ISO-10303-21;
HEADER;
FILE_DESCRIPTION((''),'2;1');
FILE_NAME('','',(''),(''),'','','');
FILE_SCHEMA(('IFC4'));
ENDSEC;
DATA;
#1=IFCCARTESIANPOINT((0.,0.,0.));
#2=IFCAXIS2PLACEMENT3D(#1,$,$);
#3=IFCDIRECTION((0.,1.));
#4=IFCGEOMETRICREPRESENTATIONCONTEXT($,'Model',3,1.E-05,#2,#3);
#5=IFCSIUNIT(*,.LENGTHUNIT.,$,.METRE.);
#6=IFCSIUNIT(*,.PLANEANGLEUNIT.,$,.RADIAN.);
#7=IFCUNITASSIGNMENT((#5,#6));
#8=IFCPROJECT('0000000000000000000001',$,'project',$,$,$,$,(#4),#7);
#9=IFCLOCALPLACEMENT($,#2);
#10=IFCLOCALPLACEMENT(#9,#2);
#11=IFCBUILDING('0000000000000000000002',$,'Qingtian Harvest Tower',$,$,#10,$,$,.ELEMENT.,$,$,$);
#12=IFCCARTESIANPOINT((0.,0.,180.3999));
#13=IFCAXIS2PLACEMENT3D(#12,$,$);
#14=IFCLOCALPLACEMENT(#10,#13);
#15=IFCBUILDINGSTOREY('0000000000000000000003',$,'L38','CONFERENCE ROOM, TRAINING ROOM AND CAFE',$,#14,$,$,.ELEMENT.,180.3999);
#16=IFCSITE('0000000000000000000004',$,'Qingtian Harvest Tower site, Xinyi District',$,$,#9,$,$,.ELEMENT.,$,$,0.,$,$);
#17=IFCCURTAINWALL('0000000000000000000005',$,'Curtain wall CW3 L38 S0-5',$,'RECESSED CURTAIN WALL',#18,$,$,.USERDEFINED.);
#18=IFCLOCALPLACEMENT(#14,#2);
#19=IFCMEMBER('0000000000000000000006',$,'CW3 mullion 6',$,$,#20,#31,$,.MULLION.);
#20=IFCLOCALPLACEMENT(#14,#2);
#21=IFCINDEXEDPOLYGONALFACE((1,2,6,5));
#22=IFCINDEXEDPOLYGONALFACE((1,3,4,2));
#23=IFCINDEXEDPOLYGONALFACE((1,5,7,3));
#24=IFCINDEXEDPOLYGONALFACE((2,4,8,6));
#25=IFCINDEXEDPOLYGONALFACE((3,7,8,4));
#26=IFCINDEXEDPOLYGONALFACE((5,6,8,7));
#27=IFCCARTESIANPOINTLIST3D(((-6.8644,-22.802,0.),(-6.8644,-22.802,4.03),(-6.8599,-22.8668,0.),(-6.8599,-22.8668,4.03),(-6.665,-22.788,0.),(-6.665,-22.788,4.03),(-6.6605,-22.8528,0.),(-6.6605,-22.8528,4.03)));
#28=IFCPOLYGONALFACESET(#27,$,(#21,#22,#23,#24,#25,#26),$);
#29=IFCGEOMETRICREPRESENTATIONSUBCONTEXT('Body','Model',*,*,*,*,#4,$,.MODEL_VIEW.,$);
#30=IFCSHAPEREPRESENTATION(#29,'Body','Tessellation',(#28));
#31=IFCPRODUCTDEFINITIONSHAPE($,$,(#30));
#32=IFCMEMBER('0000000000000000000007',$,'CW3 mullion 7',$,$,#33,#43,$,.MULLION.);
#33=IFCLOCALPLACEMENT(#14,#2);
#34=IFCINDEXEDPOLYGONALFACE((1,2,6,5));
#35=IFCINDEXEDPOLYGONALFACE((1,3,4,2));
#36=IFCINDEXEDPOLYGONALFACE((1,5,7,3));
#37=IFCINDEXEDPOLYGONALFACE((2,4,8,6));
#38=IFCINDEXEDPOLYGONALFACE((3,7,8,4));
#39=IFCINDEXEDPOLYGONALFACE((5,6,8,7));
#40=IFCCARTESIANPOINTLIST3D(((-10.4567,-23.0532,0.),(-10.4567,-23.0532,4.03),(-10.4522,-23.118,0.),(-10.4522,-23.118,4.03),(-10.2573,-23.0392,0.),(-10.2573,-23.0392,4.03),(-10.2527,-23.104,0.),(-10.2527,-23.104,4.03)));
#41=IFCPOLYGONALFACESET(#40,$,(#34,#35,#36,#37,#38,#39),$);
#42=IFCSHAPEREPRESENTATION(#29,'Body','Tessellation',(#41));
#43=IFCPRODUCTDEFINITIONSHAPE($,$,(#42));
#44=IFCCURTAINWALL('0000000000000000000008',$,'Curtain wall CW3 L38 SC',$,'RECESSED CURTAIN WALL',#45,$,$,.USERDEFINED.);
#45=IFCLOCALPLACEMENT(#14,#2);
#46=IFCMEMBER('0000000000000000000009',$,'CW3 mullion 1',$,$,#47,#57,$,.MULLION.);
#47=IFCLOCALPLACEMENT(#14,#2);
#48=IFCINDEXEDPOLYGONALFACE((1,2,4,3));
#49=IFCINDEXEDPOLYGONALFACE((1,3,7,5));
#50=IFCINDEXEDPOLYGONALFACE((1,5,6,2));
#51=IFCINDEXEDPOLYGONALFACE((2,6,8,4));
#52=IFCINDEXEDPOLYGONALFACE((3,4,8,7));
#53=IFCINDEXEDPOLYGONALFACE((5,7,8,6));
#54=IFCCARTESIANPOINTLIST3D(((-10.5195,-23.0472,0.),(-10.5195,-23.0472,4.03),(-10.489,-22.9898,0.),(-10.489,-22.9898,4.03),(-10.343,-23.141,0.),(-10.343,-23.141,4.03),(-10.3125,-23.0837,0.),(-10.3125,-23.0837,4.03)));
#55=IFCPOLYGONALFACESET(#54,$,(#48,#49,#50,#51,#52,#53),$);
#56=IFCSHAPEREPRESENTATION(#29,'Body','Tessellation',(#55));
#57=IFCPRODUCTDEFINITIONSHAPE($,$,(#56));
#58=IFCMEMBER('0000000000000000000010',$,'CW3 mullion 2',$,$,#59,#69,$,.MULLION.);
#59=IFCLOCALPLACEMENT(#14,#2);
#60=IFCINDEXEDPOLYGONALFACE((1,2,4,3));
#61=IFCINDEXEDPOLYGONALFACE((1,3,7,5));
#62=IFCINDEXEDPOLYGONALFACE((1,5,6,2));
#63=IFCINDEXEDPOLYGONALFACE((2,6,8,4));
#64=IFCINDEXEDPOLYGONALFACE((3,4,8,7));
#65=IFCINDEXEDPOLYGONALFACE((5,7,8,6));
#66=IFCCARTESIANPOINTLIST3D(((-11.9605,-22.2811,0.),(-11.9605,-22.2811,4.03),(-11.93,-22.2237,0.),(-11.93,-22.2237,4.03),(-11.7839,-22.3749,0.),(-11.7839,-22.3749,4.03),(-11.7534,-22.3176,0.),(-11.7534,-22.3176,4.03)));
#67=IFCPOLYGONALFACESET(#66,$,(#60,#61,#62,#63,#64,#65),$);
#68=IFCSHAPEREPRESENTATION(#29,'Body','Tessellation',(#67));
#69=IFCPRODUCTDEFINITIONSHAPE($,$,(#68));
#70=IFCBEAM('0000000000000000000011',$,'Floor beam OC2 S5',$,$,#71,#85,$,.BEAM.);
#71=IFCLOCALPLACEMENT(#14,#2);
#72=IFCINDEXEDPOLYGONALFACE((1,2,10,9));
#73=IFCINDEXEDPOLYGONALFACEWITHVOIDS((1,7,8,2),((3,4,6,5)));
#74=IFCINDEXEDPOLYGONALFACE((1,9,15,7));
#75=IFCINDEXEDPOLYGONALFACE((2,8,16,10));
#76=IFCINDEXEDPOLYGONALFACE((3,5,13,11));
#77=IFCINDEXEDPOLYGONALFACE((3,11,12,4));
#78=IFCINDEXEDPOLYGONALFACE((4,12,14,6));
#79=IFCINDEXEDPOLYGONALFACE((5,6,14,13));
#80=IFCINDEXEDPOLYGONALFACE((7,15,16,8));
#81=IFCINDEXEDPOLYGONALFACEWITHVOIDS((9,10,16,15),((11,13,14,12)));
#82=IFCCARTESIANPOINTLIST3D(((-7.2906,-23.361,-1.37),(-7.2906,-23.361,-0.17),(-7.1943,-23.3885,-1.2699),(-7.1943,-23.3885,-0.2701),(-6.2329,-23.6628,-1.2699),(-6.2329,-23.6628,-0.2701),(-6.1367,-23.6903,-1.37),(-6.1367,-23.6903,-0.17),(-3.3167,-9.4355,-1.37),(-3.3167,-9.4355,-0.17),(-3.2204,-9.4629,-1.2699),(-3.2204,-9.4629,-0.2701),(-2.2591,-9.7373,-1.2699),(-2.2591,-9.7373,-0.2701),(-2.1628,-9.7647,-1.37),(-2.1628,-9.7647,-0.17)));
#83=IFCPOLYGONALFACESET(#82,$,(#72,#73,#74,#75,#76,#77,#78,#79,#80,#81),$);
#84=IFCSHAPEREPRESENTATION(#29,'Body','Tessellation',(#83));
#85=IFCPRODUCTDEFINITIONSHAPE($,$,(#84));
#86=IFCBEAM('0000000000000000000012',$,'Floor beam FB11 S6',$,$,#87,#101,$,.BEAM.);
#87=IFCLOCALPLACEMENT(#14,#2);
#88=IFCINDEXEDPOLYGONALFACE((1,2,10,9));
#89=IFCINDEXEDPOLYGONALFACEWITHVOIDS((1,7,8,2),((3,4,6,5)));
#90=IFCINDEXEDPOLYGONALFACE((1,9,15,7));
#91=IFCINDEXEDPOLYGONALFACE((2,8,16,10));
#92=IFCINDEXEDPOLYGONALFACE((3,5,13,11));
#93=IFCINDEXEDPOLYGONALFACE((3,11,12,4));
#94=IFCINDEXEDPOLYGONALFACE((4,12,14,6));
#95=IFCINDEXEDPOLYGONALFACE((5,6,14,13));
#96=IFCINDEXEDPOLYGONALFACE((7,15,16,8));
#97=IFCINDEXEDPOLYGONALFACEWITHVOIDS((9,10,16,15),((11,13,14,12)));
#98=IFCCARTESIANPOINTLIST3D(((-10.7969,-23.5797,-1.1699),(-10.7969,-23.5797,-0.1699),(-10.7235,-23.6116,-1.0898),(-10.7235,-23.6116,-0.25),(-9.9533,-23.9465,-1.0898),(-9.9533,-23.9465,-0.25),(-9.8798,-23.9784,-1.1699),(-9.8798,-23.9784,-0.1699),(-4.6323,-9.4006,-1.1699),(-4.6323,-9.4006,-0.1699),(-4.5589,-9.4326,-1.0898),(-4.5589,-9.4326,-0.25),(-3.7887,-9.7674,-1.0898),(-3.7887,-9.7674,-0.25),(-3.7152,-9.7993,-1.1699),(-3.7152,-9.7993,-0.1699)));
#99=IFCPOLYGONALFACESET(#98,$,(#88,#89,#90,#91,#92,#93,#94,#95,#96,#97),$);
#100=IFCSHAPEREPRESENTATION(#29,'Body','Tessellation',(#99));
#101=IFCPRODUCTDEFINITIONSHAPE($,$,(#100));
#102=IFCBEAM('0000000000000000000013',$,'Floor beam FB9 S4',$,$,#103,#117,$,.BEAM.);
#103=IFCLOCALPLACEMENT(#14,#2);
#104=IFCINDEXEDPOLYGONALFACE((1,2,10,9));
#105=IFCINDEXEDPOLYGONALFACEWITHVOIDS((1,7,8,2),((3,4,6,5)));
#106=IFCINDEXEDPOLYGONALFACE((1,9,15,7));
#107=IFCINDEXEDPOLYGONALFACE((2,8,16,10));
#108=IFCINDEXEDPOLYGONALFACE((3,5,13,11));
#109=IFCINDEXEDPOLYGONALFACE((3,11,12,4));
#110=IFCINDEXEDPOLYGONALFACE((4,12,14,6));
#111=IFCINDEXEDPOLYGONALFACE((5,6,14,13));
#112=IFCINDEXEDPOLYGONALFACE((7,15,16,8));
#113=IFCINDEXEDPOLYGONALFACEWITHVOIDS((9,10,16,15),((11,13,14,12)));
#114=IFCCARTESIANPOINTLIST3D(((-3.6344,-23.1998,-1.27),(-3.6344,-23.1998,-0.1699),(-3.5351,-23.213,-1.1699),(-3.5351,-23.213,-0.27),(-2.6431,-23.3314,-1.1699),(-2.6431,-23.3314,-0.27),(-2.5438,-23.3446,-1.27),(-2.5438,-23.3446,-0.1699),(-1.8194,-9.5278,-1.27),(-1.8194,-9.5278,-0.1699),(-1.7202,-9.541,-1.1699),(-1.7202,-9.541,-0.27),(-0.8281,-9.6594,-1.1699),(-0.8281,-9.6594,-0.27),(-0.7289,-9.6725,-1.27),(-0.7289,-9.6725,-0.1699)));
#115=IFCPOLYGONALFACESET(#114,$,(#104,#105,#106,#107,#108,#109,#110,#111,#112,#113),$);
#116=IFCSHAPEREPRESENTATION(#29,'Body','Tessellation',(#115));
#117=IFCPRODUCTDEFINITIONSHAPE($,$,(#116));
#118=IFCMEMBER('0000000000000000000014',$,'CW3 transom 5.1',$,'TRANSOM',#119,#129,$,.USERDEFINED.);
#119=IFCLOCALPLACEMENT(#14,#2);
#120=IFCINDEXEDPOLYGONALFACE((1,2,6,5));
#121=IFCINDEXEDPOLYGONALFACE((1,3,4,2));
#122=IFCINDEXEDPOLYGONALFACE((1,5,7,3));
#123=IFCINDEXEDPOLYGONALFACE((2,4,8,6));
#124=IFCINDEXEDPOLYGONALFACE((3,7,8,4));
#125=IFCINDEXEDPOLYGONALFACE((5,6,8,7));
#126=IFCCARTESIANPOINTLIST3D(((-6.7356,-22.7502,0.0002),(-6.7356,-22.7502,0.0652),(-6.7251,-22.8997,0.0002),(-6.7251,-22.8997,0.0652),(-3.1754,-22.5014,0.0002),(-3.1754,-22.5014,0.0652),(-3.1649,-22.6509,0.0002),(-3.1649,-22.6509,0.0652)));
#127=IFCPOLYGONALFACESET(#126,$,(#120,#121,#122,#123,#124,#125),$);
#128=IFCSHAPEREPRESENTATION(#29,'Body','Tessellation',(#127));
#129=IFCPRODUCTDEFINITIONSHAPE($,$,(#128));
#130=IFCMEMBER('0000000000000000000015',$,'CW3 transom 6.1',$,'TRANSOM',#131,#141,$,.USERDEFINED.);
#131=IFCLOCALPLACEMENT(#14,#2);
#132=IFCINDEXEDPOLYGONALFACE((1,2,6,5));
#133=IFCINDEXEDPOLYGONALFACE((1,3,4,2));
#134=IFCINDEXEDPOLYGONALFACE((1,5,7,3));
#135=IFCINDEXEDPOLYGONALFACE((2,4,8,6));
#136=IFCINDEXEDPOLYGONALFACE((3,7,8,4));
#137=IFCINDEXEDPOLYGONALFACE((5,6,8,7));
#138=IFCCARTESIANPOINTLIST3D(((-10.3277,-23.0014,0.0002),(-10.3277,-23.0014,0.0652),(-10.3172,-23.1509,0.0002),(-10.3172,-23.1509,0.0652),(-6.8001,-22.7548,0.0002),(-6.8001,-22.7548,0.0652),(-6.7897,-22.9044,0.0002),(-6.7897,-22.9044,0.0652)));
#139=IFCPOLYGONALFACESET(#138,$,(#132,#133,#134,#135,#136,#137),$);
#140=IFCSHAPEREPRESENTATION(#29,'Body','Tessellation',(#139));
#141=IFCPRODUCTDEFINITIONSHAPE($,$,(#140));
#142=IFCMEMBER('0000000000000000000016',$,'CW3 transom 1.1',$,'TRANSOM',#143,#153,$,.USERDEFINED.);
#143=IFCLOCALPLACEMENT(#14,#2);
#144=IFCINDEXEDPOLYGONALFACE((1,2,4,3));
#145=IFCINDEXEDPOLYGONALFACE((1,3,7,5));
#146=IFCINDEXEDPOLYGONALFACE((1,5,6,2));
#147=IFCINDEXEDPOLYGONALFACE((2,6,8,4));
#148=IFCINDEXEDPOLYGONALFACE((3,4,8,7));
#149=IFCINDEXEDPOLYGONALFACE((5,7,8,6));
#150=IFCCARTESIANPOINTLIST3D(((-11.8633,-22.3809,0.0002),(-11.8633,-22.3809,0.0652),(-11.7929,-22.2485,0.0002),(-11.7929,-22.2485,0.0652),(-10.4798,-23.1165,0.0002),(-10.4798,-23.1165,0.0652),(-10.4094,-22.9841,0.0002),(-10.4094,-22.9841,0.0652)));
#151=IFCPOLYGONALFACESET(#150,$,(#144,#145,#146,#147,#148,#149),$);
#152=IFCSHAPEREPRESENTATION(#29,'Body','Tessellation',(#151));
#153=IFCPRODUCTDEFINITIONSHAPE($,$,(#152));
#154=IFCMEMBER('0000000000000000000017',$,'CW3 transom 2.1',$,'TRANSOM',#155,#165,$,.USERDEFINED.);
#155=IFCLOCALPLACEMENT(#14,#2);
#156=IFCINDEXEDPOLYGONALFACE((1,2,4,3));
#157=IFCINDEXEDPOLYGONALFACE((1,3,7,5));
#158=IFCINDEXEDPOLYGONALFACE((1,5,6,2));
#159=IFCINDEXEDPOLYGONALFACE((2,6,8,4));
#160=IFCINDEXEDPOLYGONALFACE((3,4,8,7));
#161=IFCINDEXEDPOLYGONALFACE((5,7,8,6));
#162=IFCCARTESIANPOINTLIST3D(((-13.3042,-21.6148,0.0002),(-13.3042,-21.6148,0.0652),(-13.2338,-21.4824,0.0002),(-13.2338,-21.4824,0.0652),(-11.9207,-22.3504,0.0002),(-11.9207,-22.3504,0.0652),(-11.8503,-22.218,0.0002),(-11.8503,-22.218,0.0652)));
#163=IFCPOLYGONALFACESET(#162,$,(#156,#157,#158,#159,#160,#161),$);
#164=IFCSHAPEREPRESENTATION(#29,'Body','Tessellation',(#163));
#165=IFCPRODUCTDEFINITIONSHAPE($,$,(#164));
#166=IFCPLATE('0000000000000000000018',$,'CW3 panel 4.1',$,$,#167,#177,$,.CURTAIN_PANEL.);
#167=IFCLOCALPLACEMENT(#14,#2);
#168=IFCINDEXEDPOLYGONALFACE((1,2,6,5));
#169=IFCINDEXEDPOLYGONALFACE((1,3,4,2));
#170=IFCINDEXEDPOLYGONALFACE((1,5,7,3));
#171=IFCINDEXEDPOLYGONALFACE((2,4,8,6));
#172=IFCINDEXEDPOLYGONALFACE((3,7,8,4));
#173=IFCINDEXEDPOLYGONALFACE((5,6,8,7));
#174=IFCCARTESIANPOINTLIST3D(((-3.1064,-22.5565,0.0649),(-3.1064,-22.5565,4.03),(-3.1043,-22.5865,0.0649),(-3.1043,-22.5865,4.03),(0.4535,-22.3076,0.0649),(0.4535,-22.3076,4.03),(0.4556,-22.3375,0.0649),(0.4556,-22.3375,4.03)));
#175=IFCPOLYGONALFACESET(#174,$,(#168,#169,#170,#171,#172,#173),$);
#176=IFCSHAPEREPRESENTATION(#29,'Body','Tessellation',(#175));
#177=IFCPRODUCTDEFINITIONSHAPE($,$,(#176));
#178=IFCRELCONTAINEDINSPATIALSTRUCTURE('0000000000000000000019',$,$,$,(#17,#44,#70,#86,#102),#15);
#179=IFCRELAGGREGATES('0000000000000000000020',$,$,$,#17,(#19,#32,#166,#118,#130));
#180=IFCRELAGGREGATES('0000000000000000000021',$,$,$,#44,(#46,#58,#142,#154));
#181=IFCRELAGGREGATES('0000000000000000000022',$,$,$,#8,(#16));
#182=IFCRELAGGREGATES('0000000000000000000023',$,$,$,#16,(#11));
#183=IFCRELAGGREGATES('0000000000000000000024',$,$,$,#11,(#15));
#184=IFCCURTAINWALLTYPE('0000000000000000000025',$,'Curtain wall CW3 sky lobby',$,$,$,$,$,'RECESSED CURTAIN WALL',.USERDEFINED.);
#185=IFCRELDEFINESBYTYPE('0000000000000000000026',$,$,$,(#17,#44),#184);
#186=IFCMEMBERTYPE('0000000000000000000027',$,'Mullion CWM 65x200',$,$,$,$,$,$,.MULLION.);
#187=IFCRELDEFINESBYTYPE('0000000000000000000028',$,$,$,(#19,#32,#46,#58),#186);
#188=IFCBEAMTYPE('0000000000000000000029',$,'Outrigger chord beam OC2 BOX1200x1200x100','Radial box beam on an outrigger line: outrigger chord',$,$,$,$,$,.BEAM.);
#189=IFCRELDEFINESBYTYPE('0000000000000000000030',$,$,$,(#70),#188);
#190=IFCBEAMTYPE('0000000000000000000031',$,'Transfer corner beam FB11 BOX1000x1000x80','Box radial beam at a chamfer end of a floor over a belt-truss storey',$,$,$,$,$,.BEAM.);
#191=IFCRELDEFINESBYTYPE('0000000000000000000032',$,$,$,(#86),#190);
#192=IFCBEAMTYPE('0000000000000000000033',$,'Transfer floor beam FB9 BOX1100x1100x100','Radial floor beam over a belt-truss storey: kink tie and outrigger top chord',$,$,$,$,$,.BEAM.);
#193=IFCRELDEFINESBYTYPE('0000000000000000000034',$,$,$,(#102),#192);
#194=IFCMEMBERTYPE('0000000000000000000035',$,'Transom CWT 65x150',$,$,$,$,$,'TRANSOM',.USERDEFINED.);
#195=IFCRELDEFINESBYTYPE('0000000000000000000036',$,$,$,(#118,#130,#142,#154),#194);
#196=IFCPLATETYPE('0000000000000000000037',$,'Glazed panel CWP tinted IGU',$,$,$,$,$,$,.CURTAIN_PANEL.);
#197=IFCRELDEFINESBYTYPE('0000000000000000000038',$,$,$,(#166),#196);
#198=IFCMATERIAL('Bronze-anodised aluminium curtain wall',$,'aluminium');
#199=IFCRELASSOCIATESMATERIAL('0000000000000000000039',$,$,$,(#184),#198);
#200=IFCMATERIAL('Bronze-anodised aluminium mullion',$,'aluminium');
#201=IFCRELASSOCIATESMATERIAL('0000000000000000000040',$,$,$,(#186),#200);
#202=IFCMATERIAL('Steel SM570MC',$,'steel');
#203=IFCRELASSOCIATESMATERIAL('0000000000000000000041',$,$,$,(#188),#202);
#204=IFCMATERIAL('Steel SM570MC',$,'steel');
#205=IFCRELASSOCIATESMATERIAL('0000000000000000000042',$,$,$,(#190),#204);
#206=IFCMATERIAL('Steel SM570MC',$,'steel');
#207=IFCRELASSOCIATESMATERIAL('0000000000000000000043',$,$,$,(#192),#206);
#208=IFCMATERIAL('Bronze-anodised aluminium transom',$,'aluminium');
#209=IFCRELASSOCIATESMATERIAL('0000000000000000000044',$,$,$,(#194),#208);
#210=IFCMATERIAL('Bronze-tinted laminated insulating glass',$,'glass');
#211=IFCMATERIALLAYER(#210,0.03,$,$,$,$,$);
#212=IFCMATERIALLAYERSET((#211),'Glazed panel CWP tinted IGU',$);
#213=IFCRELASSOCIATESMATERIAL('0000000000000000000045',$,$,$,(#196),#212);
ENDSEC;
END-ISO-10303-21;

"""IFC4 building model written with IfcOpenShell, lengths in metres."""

from ifc_helpers import new_model, si_unit, direction, frame, origin, origin_2d, place, context, subcontext, project, spatial, rectangle, hollow_rectangle, extrude, material, layer, layer_set, material_profile, profile_set, type_object, element, aggregate, save


model = new_model("IFC4")

# Units and contexts
model_context = context("Model", 3, precision=1e-05, world=origin(), true_north=direction((0.0, 1.0)))
body_context = subcontext(model_context, "Body", "Model", "MODEL_VIEW")
ifc_project = project(units=[si_unit("LENGTHUNIT", "METRE"), si_unit("PLANEANGLEUNIT", "RADIAN")], contexts=[model_context])

# Site, building, storey
site_placement = place(None, origin())
site = spatial("IfcSite", under=ifc_project, at=site_placement, Name="Qingtian Harvest Tower site, Xinyi District", CompositionType="ELEMENT", RefElevation=0.0)
building_placement = place(site_placement, origin())
building = spatial("IfcBuilding", under=site, at=building_placement, Name="Qingtian Harvest Tower", CompositionType="ELEMENT")
storey_placement = place(building_placement, frame((0.0, 0.0, 180.3999)))
storey = spatial("IfcBuildingStorey", under=building, at=storey_placement, Name="L38", Description="CONFERENCE ROOM, TRAINING ROOM AND CAFE", CompositionType="ELEMENT", Elevation=180.3999)

# Curtain walls, members
ifc_material_1 = material(Name="Bronze-anodised aluminium curtain wall", Category="aluminium")
curtain_wall_type = type_object("IfcCurtainWallType", Name="Curtain wall CW3 sky lobby", ElementType="RECESSED CURTAIN WALL", PredefinedType="USERDEFINED", material=ifc_material_1)
curtain_wall_1_placement = place(storey_placement, origin())
curtain_wall_1 = element("IfcCurtainWall", 1, at=curtain_wall_1_placement, inside=storey, type_object=curtain_wall_type, Name="Curtain wall CW3 L38 S0-5", ObjectType="RECESSED CURTAIN WALL", PredefinedType="USERDEFINED")
ifc_material_2 = material(Name="Bronze-anodised aluminium mullion", Category="aluminium")
ifc_material_profile_1 = material_profile(ifc_material_2, rectangle(XDim=0.0649, YDim=0.2, at=origin_2d()), Name="AL 65x200")
ifc_profile_set_1 = profile_set([ifc_material_profile_1], Name="Bronze-anodised aluminium mullion")
member_type_1 = type_object("IfcMemberType", Name="Mullion CWM 65x200", PredefinedType="MULLION", material=ifc_profile_set_1)
member_1_placement = place(storey_placement, frame((-6.7625, -22.8274, 0.0), z_axis=(0.0, 0.0, 1.0), x_axis=(0.069756, -0.997564, 0.0)))
member_1 = element("IfcMember", 2, at=member_1_placement, type_object=member_type_1, Name="CW3 mullion 6", PredefinedType="MULLION", context=body_context, shape_type="SweptSolid", body=[
    extrude(rectangle(XDim=0.0649, YDim=0.2, at=origin_2d()), origin(), (0.0, 0.0, 1.0), 4.03),
])
member_2_placement = place(storey_placement, frame((-10.3547, -23.0786, 0.0), z_axis=(0.0, 0.0, 1.0), x_axis=(0.069756, -0.997564, 0.0)))
member_2 = element("IfcMember", 3, at=member_2_placement, type_object=member_type_1, Name="CW3 mullion 7", PredefinedType="MULLION", context=body_context, shape_type="SweptSolid", body=[
    extrude(rectangle(XDim=0.0649, YDim=0.2, at=origin_2d()), origin(), (0.0, 0.0, 1.0), 4.03),
])
curtain_wall_2_placement = place(storey_placement, origin())
curtain_wall_2 = element("IfcCurtainWall", 4, at=curtain_wall_2_placement, inside=storey, type_object=curtain_wall_type, Name="Curtain wall CW3 L38 SC", ObjectType="RECESSED CURTAIN WALL", PredefinedType="USERDEFINED")
member_3_placement = place(storey_placement, frame((-10.416, -23.0654, 0.0), z_axis=(0.0, 0.0, 1.0), x_axis=(-0.469472, -0.882948, 0.0)))
member_3 = element("IfcMember", 5, at=member_3_placement, type_object=member_type_1, Name="CW3 mullion 1", PredefinedType="MULLION", context=body_context, shape_type="SweptSolid", body=[
    extrude(rectangle(XDim=0.0649, YDim=0.2, at=origin_2d()), origin(), (0.0, 0.0, 1.0), 4.03),
])
member_4_placement = place(storey_placement, frame((-11.8569, -22.2993, 0.0), z_axis=(0.0, 0.0, 1.0), x_axis=(-0.469472, -0.882948, 0.0)))
member_4 = element("IfcMember", 6, at=member_4_placement, type_object=member_type_1, Name="CW3 mullion 2", PredefinedType="MULLION", context=body_context, shape_type="SweptSolid", body=[
    extrude(rectangle(XDim=0.0649, YDim=0.2, at=origin_2d()), origin(), (0.0, 0.0, 1.0), 4.03),
])

# Beams
ifc_material_3 = material(Name="Steel SM570MC", Category="steel")
ifc_material_profile_2 = material_profile(ifc_material_3, hollow_rectangle(XDim=1.2, YDim=1.2, WallThickness=0.1001, at=origin_2d()), Name="BOX1200x1200x100")
ifc_profile_set_2 = profile_set([ifc_material_profile_2], Name="Steel SM570MC")
beam_type_1 = type_object("IfcBeamType", Name="Outrigger chord beam OC2 BOX1200x1200x100", Description="Radial box beam on an outrigger line: outrigger chord", PredefinedType="BEAM", material=ifc_profile_set_2)
beam_1_placement = place(storey_placement, frame((-6.7136, -23.5256, -0.77), z_axis=(0.274412, 0.961612, 0.0), x_axis=(-0.961612, 0.274412, 0.0)))
element("IfcBeam", 7, at=beam_1_placement, inside=storey, type_object=beam_type_1, Name="Floor beam OC2 S5", PredefinedType="BEAM", context=body_context, shape_type="SweptSolid", body=[
    extrude(hollow_rectangle(XDim=1.2, YDim=1.2, WallThickness=0.1001, at=origin_2d()), origin(), (0.0, 0.0, 1.0), 14.4814),
])
ifc_material_4 = material(Name="Steel SM570MC", Category="steel")
ifc_material_profile_3 = material_profile(ifc_material_4, hollow_rectangle(XDim=1.0, YDim=1.0, WallThickness=0.0801, at=origin_2d()), Name="BOX1000x1000x80")
ifc_profile_set_3 = profile_set([ifc_material_profile_3], Name="Steel SM570MC")
beam_type_2 = type_object("IfcBeamType", Name="Transfer corner beam FB11 BOX1000x1000x80", Description="Box radial beam at a chamfer end of a floor over a belt-truss storey", PredefinedType="BEAM", material=ifc_profile_set_3)
beam_2_placement = place(storey_placement, frame((-10.3384, -23.7791, -0.6699), z_axis=(0.398715, 0.917075, 0.0), x_axis=(-0.917075, 0.398715, 0.0)))
element("IfcBeam", 8, at=beam_2_placement, inside=storey, type_object=beam_type_2, Name="Floor beam FB11 S6", PredefinedType="BEAM", context=body_context, shape_type="SweptSolid", body=[
    extrude(hollow_rectangle(XDim=1.0, YDim=1.0, WallThickness=0.0801, at=origin_2d()), origin(), (0.0, 0.0, 1.0), 15.4612),
])
ifc_material_5 = material(Name="Steel SM570MC", Category="steel")
ifc_material_profile_4 = material_profile(ifc_material_5, hollow_rectangle(XDim=1.1001, YDim=1.1001, WallThickness=0.1001, at=origin_2d()), Name="BOX1100x1100x100")
ifc_profile_set_4 = profile_set([ifc_material_profile_4], Name="Steel SM570MC")
beam_type_3 = type_object("IfcBeamType", Name="Transfer floor beam FB9 BOX1100x1100x100", Description="Radial floor beam over a belt-truss storey: kink tie and outrigger top chord", PredefinedType="BEAM", material=ifc_profile_set_4)
beam_3_placement = place(storey_placement, frame((-3.0891, -23.2722, -0.72), z_axis=(0.131593, 0.991304, 0.0), x_axis=(-0.991304, 0.131593, 0.0)))
element("IfcBeam", 9, at=beam_3_placement, inside=storey, type_object=beam_type_3, Name="Floor beam FB9 S4", PredefinedType="BEAM", context=body_context, shape_type="SweptSolid", body=[
    extrude(hollow_rectangle(XDim=1.1001, YDim=1.1001, WallThickness=0.1001, at=origin_2d()), origin(), (0.0, 0.0, 1.0), 13.792),
])

# Members
ifc_material_6 = material(Name="Bronze-anodised aluminium transom", Category="aluminium")
ifc_material_profile_5 = material_profile(ifc_material_6, rectangle(XDim=0.1499, YDim=0.0649, at=origin_2d()), Name="AL 65x150")
ifc_profile_set_5 = profile_set([ifc_material_profile_5], Name="Bronze-anodised aluminium transom")
member_type_2 = type_object("IfcMemberType", Name="Transom CWT 65x150", ElementType="TRANSOM", PredefinedType="USERDEFINED", material=ifc_profile_set_5)
member_5_placement = place(storey_placement, frame((-3.1702, -22.5762, 0.0327), z_axis=(-0.997567, -0.069711, 0.0), x_axis=(0.069711, -0.997567, 0.0)))
member_5 = element("IfcMember", 10, at=member_5_placement, type_object=member_type_2, Name="CW3 transom 5.1", ObjectType="TRANSOM", PredefinedType="USERDEFINED", context=body_context, shape_type="SweptSolid", body=[
    extrude(rectangle(XDim=0.1499, YDim=0.0649, at=origin_2d()), origin(), (0.0, 0.0, 1.0), 3.5688),
])
member_6_placement = place(storey_placement, frame((-6.7949, -22.8296, 0.0327), z_axis=(-0.997566, -0.069731, 0.0), x_axis=(0.069731, -0.997566, 0.0)))
member_6 = element("IfcMember", 11, at=member_6_placement, type_object=member_type_2, Name="CW3 transom 6.1", ObjectType="TRANSOM", PredefinedType="USERDEFINED", context=body_context, shape_type="SweptSolid", body=[
    extrude(rectangle(XDim=0.1499, YDim=0.0649, at=origin_2d()), origin(), (0.0, 0.0, 1.0), 3.5361),
])
member_7_placement = place(storey_placement, frame((-10.4446, -23.0503, 0.0327), z_axis=(-0.88296, 0.469448, 0.0), x_axis=(-0.469448, -0.88296, 0.0)))
member_7 = element("IfcMember", 12, at=member_7_placement, type_object=member_type_2, Name="CW3 transom 1.1", ObjectType="TRANSOM", PredefinedType="USERDEFINED", context=body_context, shape_type="SweptSolid", body=[
    extrude(rectangle(XDim=0.1499, YDim=0.0649, at=origin_2d()), origin(), (0.0, 0.0, 1.0), 1.5669),
])
member_8_placement = place(storey_placement, frame((-11.8855, -22.2842, 0.0327), z_axis=(-0.88296, 0.469448, 0.0), x_axis=(-0.469448, -0.88296, 0.0)))
member_8 = element("IfcMember", 13, at=member_8_placement, type_object=member_type_2, Name="CW3 transom 2.1", ObjectType="TRANSOM", PredefinedType="USERDEFINED", context=body_context, shape_type="SweptSolid", body=[
    extrude(rectangle(XDim=0.1499, YDim=0.0649, at=origin_2d()), origin(), (0.0, 0.0, 1.0), 1.5669),
])

# Plate
ifc_material_7 = material(Name="Bronze-tinted laminated insulating glass", Category="glass")
ifc_layer_1 = layer(ifc_material_7, 0.03)
ifc_layer_set_1 = layer_set([ifc_layer_1], Name="Glazed panel CWP tinted IGU")
plate_type = type_object("IfcPlateType", Name="Glazed panel CWP tinted IGU", PredefinedType="CURTAIN_PANEL", material=ifc_layer_set_1)
plate_1_placement = place(storey_placement, frame((-1.3254, -22.447, 0.0649), z_axis=(0.0, 0.0, 1.0), x_axis=(-0.997564, -0.069756, 0.0)))
plate_1 = element("IfcPlate", 14, at=plate_1_placement, type_object=plate_type, Name="CW3 panel 4.1", PredefinedType="CURTAIN_PANEL", context=body_context, shape_type="SweptSolid", body=[
    extrude(rectangle(XDim=3.5686, YDim=0.03, at=origin_2d()), origin(), (0.0, 0.0, 1.0), 3.9651),
])
aggregate(curtain_wall_1, [member_1, member_2, plate_1, member_5, member_6])
aggregate(curtain_wall_2, [member_3, member_4, member_7, member_8])

save(model, "model.ifc")
